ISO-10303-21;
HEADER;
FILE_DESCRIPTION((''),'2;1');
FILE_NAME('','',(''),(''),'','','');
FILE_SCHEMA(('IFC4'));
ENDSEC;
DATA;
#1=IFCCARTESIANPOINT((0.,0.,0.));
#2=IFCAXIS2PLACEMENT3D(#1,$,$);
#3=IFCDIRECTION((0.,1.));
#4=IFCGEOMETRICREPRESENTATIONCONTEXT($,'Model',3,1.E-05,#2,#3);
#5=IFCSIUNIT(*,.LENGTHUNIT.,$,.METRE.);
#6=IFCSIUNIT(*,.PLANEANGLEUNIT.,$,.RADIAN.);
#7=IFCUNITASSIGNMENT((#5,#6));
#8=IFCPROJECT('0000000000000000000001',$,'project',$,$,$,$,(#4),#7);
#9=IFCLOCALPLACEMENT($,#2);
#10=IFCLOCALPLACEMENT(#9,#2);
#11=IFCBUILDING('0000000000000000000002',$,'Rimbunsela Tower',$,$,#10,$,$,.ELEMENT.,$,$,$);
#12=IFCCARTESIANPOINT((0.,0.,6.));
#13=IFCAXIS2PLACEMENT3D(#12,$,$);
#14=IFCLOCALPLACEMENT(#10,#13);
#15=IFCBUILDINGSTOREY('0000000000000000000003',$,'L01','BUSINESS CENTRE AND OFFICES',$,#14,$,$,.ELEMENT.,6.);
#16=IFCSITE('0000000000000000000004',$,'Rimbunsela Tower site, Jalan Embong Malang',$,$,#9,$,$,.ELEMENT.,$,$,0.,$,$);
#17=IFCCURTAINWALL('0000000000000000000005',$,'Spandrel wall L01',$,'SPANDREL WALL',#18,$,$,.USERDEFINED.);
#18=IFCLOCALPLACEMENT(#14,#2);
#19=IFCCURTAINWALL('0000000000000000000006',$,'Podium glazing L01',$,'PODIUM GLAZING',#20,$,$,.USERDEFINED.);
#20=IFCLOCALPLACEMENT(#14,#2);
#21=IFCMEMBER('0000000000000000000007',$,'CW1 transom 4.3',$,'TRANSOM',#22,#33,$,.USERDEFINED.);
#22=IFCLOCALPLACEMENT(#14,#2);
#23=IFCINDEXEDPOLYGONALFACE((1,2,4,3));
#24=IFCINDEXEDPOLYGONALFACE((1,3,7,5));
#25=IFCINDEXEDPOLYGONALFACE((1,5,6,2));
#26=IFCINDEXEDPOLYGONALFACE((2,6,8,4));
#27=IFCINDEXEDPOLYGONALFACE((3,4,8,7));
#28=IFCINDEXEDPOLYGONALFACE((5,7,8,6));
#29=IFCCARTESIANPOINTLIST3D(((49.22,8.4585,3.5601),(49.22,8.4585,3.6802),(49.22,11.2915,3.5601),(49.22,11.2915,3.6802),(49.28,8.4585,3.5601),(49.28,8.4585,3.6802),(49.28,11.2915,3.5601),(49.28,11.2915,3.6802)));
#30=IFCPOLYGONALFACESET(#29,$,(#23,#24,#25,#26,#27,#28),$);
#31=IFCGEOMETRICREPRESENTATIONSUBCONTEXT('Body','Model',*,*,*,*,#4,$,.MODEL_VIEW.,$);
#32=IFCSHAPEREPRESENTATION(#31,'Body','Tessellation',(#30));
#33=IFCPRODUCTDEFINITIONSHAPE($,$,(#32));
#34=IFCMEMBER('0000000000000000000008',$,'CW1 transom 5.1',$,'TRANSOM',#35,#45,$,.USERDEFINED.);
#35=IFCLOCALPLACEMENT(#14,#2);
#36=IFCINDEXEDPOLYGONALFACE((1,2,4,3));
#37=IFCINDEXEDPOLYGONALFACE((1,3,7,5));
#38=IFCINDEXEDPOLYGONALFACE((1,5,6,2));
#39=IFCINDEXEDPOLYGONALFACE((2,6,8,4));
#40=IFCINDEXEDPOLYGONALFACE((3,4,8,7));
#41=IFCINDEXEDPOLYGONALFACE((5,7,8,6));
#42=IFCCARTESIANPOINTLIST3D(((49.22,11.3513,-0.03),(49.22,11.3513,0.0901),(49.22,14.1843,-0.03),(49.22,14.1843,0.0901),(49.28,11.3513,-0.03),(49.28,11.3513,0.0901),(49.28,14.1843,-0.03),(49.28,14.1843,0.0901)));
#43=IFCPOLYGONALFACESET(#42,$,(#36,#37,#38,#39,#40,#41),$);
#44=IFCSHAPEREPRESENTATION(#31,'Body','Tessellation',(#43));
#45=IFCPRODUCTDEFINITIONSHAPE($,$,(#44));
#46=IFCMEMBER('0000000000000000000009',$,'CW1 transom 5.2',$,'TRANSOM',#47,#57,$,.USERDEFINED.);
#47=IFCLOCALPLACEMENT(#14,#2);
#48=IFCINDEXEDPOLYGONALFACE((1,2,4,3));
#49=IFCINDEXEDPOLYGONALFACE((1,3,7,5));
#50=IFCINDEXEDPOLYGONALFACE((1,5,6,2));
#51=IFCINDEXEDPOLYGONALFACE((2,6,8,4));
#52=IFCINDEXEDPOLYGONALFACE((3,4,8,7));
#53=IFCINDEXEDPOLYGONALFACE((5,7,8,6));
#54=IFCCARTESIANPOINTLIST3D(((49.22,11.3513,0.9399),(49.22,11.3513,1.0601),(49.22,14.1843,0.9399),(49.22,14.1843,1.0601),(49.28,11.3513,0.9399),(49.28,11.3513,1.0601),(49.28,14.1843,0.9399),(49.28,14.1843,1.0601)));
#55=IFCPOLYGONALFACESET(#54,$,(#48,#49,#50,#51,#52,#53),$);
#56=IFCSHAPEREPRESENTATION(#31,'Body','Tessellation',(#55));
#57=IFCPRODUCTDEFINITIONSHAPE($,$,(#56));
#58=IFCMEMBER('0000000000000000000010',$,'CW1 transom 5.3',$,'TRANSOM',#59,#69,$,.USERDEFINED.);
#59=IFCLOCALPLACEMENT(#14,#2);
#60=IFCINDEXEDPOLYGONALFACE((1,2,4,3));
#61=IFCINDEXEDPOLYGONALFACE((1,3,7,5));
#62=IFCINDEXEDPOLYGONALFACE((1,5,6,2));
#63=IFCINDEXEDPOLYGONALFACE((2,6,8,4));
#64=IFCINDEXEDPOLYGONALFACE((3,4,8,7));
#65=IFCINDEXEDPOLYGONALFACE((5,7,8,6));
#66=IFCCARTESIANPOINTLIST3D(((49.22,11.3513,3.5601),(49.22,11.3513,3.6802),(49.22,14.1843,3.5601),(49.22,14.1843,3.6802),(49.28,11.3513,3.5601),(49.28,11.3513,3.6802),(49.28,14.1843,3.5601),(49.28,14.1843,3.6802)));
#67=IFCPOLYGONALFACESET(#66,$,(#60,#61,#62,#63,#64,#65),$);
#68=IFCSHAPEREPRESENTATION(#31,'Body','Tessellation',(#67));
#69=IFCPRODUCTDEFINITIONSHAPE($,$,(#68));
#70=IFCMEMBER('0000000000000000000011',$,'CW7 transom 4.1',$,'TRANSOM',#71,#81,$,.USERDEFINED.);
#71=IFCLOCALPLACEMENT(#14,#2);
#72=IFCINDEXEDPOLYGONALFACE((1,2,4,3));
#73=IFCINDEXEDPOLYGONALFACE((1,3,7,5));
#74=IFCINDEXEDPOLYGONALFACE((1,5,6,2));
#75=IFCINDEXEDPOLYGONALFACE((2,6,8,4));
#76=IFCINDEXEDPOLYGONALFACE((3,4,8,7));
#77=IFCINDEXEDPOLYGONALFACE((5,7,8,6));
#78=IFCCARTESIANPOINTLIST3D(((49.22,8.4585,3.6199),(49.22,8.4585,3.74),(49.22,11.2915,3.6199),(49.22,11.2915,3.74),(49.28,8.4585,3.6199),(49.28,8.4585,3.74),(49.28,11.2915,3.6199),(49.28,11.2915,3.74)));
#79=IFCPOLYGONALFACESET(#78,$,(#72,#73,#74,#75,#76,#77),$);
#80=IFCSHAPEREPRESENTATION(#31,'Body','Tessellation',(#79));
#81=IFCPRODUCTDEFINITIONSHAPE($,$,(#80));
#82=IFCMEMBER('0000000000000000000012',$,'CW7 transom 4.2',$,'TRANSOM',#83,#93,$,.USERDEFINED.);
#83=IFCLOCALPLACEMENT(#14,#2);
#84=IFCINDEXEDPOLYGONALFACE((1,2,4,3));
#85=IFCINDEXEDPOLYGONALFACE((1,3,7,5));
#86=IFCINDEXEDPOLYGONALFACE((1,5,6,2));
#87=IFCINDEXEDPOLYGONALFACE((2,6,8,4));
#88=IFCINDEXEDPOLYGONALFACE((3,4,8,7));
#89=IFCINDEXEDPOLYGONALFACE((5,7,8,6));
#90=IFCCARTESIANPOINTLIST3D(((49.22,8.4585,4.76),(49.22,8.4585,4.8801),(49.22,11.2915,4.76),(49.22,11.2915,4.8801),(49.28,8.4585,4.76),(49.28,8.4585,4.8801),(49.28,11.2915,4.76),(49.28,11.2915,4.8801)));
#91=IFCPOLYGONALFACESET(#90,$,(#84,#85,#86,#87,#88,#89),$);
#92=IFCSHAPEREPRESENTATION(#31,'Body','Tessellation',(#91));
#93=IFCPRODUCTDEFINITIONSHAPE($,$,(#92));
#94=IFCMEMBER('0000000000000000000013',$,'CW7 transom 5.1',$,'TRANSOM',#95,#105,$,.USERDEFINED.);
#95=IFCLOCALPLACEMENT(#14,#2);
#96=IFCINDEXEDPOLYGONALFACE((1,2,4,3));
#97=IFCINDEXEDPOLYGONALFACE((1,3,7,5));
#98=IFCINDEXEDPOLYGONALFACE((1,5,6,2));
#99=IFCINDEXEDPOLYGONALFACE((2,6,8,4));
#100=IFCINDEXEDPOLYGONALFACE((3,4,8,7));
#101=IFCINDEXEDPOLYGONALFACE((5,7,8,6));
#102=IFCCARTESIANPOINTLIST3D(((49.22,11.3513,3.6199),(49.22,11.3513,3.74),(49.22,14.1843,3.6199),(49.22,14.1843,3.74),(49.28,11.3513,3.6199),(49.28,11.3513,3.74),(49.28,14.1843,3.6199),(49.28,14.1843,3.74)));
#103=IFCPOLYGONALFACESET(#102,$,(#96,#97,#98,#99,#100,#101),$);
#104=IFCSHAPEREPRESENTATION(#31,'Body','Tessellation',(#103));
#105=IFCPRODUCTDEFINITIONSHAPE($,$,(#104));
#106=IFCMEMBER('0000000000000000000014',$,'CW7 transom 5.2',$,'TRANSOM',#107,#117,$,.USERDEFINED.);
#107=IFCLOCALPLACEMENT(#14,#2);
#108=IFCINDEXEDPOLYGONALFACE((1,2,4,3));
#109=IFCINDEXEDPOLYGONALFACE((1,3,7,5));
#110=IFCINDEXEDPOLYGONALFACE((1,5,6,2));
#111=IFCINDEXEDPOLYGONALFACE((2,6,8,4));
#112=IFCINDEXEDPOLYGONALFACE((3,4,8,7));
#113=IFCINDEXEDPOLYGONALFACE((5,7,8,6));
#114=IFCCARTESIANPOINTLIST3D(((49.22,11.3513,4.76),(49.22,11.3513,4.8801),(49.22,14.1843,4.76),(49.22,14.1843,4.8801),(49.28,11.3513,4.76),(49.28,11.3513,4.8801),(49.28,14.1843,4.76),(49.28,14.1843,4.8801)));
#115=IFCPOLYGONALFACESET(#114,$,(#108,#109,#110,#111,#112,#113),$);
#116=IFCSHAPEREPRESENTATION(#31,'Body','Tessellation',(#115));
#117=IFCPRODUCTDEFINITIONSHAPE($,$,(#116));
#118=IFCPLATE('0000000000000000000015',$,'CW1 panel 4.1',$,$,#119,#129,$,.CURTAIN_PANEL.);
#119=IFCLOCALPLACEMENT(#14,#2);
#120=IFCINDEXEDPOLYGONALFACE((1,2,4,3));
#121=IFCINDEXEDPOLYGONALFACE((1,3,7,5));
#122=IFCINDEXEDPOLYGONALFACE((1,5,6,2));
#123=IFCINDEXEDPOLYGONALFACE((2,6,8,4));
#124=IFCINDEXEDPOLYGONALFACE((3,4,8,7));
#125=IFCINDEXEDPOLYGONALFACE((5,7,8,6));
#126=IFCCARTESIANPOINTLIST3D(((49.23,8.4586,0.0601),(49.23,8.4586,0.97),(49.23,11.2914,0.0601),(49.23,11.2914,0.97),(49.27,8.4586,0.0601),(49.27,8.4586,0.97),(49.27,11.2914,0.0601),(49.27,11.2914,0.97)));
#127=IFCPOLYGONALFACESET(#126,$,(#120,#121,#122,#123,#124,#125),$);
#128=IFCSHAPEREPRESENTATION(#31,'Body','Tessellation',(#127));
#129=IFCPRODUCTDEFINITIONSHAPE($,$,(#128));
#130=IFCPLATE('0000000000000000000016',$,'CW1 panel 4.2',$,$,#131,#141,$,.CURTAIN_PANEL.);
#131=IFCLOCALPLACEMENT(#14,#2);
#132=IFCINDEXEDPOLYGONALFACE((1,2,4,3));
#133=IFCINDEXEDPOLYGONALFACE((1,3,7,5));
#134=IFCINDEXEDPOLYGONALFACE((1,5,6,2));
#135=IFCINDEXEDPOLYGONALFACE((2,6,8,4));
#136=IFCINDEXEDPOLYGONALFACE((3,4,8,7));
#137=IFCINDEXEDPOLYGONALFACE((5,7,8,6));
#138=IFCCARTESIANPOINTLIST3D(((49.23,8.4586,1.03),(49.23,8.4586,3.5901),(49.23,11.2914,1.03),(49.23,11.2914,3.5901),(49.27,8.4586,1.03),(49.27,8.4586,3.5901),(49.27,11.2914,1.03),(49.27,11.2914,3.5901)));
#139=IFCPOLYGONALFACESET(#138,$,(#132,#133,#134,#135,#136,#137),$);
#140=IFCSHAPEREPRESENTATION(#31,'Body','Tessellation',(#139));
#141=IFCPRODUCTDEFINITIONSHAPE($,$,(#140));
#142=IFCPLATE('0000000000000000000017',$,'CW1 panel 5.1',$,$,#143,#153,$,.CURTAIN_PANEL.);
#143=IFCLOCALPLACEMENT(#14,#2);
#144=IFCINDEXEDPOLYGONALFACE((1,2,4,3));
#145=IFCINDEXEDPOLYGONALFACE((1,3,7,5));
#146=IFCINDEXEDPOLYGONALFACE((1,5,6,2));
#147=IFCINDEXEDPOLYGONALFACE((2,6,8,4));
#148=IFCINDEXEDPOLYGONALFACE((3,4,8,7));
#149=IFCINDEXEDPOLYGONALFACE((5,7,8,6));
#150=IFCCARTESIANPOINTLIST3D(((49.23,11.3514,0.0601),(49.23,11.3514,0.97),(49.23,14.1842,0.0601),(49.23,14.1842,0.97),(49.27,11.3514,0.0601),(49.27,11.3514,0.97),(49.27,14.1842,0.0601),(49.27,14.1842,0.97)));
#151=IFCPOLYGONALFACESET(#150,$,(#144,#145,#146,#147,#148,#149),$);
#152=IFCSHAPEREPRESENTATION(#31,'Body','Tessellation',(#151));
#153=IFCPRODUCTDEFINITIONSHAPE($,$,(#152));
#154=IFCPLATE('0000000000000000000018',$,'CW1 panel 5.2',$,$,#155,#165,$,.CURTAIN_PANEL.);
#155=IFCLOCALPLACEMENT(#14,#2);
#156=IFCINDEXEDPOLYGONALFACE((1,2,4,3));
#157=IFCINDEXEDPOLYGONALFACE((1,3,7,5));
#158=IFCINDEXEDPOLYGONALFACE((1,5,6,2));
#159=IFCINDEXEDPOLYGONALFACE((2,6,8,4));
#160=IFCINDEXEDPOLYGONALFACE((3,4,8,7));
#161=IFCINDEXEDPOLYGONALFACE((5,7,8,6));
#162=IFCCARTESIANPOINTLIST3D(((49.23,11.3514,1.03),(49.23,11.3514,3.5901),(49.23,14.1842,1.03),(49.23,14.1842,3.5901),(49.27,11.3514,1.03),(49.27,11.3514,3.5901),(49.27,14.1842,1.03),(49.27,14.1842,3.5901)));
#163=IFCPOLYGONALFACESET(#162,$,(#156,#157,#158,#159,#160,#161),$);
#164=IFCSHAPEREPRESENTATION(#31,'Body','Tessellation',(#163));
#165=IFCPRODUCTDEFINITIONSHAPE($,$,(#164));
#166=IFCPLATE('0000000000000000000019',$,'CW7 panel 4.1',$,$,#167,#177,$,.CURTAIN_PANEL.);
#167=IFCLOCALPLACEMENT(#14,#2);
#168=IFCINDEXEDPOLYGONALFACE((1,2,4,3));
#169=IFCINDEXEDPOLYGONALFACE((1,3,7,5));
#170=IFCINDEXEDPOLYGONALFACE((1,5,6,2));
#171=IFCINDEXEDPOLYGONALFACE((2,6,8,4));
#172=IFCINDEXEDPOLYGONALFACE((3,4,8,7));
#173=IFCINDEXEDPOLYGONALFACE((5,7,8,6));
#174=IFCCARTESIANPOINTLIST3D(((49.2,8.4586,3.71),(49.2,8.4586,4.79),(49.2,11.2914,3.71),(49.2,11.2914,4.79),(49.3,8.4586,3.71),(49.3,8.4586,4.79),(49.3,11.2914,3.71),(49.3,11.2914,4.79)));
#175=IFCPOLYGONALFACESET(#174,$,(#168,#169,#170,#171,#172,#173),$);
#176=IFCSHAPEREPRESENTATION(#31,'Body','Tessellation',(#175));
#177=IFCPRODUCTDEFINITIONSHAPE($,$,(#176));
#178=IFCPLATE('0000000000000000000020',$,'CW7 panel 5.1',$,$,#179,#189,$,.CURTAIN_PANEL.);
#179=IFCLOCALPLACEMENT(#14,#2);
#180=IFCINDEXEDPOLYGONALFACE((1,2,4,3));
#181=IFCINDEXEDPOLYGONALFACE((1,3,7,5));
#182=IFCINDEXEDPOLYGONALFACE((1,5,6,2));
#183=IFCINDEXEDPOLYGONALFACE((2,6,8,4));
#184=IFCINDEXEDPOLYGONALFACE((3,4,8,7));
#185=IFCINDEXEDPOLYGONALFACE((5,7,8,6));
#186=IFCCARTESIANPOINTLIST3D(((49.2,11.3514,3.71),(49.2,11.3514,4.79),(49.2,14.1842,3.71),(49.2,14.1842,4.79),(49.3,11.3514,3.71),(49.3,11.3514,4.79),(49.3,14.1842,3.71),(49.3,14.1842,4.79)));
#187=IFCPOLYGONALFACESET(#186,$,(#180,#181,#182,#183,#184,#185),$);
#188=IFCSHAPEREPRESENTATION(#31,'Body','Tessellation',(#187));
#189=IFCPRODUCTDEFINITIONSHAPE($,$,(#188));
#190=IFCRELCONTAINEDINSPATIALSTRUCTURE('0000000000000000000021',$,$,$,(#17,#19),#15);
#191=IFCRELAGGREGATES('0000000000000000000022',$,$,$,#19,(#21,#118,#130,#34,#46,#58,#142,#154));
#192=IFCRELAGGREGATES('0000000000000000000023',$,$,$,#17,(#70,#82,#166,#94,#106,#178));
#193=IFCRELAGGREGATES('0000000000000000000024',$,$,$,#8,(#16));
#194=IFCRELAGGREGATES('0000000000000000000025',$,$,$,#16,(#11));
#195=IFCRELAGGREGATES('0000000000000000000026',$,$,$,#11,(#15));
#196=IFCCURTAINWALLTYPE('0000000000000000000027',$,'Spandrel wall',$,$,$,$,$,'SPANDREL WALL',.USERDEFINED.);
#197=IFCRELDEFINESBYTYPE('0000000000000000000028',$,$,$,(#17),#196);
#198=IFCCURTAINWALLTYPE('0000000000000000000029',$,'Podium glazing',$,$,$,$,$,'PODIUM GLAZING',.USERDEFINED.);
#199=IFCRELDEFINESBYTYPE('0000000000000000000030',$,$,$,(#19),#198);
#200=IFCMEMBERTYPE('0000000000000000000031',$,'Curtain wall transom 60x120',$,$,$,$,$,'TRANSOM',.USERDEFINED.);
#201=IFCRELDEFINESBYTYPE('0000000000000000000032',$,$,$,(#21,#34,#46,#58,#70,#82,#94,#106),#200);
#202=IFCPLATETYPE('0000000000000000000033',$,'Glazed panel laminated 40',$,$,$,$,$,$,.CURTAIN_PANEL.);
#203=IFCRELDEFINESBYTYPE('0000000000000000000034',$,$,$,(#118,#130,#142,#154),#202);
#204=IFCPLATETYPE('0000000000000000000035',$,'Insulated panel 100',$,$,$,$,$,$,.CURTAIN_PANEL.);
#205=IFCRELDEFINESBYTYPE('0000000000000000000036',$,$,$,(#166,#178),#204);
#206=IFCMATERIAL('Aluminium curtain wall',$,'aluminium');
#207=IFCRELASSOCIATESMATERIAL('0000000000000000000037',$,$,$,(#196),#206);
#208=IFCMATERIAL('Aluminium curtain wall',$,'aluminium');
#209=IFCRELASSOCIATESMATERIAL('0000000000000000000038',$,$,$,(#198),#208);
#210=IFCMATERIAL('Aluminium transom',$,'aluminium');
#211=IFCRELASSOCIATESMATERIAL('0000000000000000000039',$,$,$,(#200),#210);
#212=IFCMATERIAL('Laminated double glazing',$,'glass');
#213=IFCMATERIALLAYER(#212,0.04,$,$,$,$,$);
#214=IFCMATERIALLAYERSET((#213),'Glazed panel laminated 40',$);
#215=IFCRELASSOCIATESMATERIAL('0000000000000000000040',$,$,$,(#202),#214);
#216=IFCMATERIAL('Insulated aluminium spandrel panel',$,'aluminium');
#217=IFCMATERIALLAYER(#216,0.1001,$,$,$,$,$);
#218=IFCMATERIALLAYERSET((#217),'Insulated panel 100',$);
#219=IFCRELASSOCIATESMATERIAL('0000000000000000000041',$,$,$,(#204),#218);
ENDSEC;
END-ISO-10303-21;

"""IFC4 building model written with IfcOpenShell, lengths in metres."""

from ifc_helpers import new_model, si_unit, direction, frame, origin, origin_2d, place, context, subcontext, project, spatial, rectangle, extrude, material, layer, layer_set, material_profile, profile_set, type_object, element, aggregate, save


model = new_model("IFC4")

# Units and contexts
model_context = context("Model", 3, precision=1e-05, world=origin(), true_north=direction((0.0, 1.0)))
body_context = subcontext(model_context, "Body", "Model", "MODEL_VIEW")
ifc_project = project(units=[si_unit("LENGTHUNIT", "METRE"), si_unit("PLANEANGLEUNIT", "RADIAN")], contexts=[model_context])

# Site, building, storey
site_placement = place(None, origin())
site = spatial("IfcSite", under=ifc_project, at=site_placement, Name="Rimbunsela Tower site, Jalan Embong Malang", CompositionType="ELEMENT", RefElevation=0.0)
building_placement = place(site_placement, origin())
building = spatial("IfcBuilding", under=site, at=building_placement, Name="Rimbunsela Tower", CompositionType="ELEMENT")
storey_placement = place(building_placement, frame((0.0, 0.0, 6.0)))
storey = spatial("IfcBuildingStorey", under=building, at=storey_placement, Name="L01", Description="BUSINESS CENTRE AND OFFICES", CompositionType="ELEMENT", Elevation=6.0)

# Curtain walls, members
ifc_material_1 = material(Name="Aluminium curtain wall", Category="aluminium")
curtain_wall_type_1 = type_object("IfcCurtainWallType", Name="Spandrel wall", ElementType="SPANDREL WALL", PredefinedType="USERDEFINED", material=ifc_material_1)
curtain_wall_1_placement = place(storey_placement, origin())
curtain_wall_1 = element("IfcCurtainWall", 1, at=curtain_wall_1_placement, inside=storey, type_object=curtain_wall_type_1, Name="Spandrel wall L01", ObjectType="SPANDREL WALL", PredefinedType="USERDEFINED")
ifc_material_2 = material(Name="Aluminium curtain wall", Category="aluminium")
curtain_wall_type_2 = type_object("IfcCurtainWallType", Name="Podium glazing", ElementType="PODIUM GLAZING", PredefinedType="USERDEFINED", material=ifc_material_2)
curtain_wall_2_placement = place(storey_placement, origin())
curtain_wall_2 = element("IfcCurtainWall", 2, at=curtain_wall_2_placement, inside=storey, type_object=curtain_wall_type_2, Name="Podium glazing L01", ObjectType="PODIUM GLAZING", PredefinedType="USERDEFINED")
ifc_material_3 = material(Name="Aluminium transom", Category="aluminium")
ifc_material_profile_1 = material_profile(ifc_material_3, rectangle(XDim=0.0601, YDim=0.1201, at=origin_2d()), Name="Transom 60x120")
ifc_profile_set_1 = profile_set([ifc_material_profile_1], Name="Aluminium transom")
member_type_1 = type_object("IfcMemberType", Name="Curtain wall transom 60x120", ElementType="TRANSOM", PredefinedType="USERDEFINED", material=ifc_profile_set_1)
member_1_placement = place(storey_placement, frame((49.25, 8.4585, 3.6201), z_axis=(0.0, 1.0, 0.0), x_axis=(-1.0, 0.0, 0.0)))
member_1 = element("IfcMember", 3, at=member_1_placement, type_object=member_type_1, Name="CW1 transom 4.3", ObjectType="TRANSOM", PredefinedType="USERDEFINED", context=body_context, shape_type="SweptSolid", body=[
    extrude(rectangle(XDim=0.0601, YDim=0.1201, at=origin_2d()), origin(), (0.0, 0.0, 1.0), 2.833),
])
member_2_placement = place(storey_placement, frame((49.25, 11.3513, 0.03), z_axis=(0.0, 1.0, 0.0), x_axis=(-1.0, 0.0, 0.0)))
member_2 = element("IfcMember", 4, at=member_2_placement, type_object=member_type_1, Name="CW1 transom 5.1", ObjectType="TRANSOM", PredefinedType="USERDEFINED", context=body_context, shape_type="SweptSolid", body=[
    extrude(rectangle(XDim=0.0601, YDim=0.1201, at=origin_2d()), origin(), (0.0, 0.0, 1.0), 2.833),
])
member_3_placement = place(storey_placement, frame((49.25, 11.3513, 1.0), z_axis=(0.0, 1.0, 0.0), x_axis=(-1.0, 0.0, 0.0)))
member_3 = element("IfcMember", 5, at=member_3_placement, type_object=member_type_1, Name="CW1 transom 5.2", ObjectType="TRANSOM", PredefinedType="USERDEFINED", context=body_context, shape_type="SweptSolid", body=[
    extrude(rectangle(XDim=0.0601, YDim=0.1201, at=origin_2d()), origin(), (0.0, 0.0, 1.0), 2.833),
])
member_4_placement = place(storey_placement, frame((49.25, 11.3513, 3.6201), z_axis=(0.0, 1.0, 0.0), x_axis=(-1.0, 0.0, 0.0)))
member_4 = element("IfcMember", 6, at=member_4_placement, type_object=member_type_1, Name="CW1 transom 5.3", ObjectType="TRANSOM", PredefinedType="USERDEFINED", context=body_context, shape_type="SweptSolid", body=[
    extrude(rectangle(XDim=0.0601, YDim=0.1201, at=origin_2d()), origin(), (0.0, 0.0, 1.0), 2.833),
])

# Members
member_5_placement = place(storey_placement, frame((49.25, 8.4585, 3.6799), z_axis=(0.0, 1.0, 0.0), x_axis=(-1.0, 0.0, 0.0)))
member_5 = element("IfcMember", 7, at=member_5_placement, type_object=member_type_1, Name="CW7 transom 4.1", ObjectType="TRANSOM", PredefinedType="USERDEFINED", context=body_context, shape_type="SweptSolid", body=[
    extrude(rectangle(XDim=0.0601, YDim=0.1201, at=origin_2d()), origin(), (0.0, 0.0, 1.0), 2.833),
])
member_6_placement = place(storey_placement, frame((49.25, 8.4585, 4.8201), z_axis=(0.0, 1.0, 0.0), x_axis=(-1.0, 0.0, 0.0)))
member_6 = element("IfcMember", 8, at=member_6_placement, type_object=member_type_1, Name="CW7 transom 4.2", ObjectType="TRANSOM", PredefinedType="USERDEFINED", context=body_context, shape_type="SweptSolid", body=[
    extrude(rectangle(XDim=0.0601, YDim=0.1201, at=origin_2d()), origin(), (0.0, 0.0, 1.0), 2.833),
])
member_7_placement = place(storey_placement, frame((49.25, 11.3513, 3.6799), z_axis=(0.0, 1.0, 0.0), x_axis=(-1.0, 0.0, 0.0)))
member_7 = element("IfcMember", 9, at=member_7_placement, type_object=member_type_1, Name="CW7 transom 5.1", ObjectType="TRANSOM", PredefinedType="USERDEFINED", context=body_context, shape_type="SweptSolid", body=[
    extrude(rectangle(XDim=0.0601, YDim=0.1201, at=origin_2d()), origin(), (0.0, 0.0, 1.0), 2.833),
])
member_8_placement = place(storey_placement, frame((49.25, 11.3513, 4.8201), z_axis=(0.0, 1.0, 0.0), x_axis=(-1.0, 0.0, 0.0)))
member_8 = element("IfcMember", 10, at=member_8_placement, type_object=member_type_1, Name="CW7 transom 5.2", ObjectType="TRANSOM", PredefinedType="USERDEFINED", context=body_context, shape_type="SweptSolid", body=[
    extrude(rectangle(XDim=0.0601, YDim=0.1201, at=origin_2d()), origin(), (0.0, 0.0, 1.0), 2.833),
])

# Plates
ifc_material_4 = material(Name="Laminated double glazing", Category="glass")
ifc_layer_1 = layer(ifc_material_4, 0.04)
ifc_layer_set_1 = layer_set([ifc_layer_1], Name="Glazed panel laminated 40")
plate_type_1 = type_object("IfcPlateType", Name="Glazed panel laminated 40", PredefinedType="CURTAIN_PANEL", material=ifc_layer_set_1)
plate_1_placement = place(storey_placement, frame((49.25, 9.875, 0.0601), z_axis=(0.0, 0.0, 1.0), x_axis=(0.0, 1.0, 0.0)))
plate_1 = element("IfcPlate", 11, at=plate_1_placement, type_object=plate_type_1, Name="CW1 panel 4.1", PredefinedType="CURTAIN_PANEL", context=body_context, shape_type="SweptSolid", body=[
    extrude(rectangle(XDim=2.8328, YDim=0.04, at=origin_2d()), origin(), (0.0, 0.0, 1.0), 0.9099),
])
plate_2_placement = place(storey_placement, frame((49.25, 9.875, 1.03), z_axis=(0.0, 0.0, 1.0), x_axis=(0.0, 1.0, 0.0)))
plate_2 = element("IfcPlate", 12, at=plate_2_placement, type_object=plate_type_1, Name="CW1 panel 4.2", PredefinedType="CURTAIN_PANEL", context=body_context, shape_type="SweptSolid", body=[
    extrude(rectangle(XDim=2.8328, YDim=0.04, at=origin_2d()), origin(), (0.0, 0.0, 1.0), 2.5601),
])
plate_3_placement = place(storey_placement, frame((49.25, 12.7678, 0.0601), z_axis=(0.0, 0.0, 1.0), x_axis=(0.0, 1.0, 0.0)))
plate_3 = element("IfcPlate", 13, at=plate_3_placement, type_object=plate_type_1, Name="CW1 panel 5.1", PredefinedType="CURTAIN_PANEL", context=body_context, shape_type="SweptSolid", body=[
    extrude(rectangle(XDim=2.8328, YDim=0.04, at=origin_2d()), origin(), (0.0, 0.0, 1.0), 0.9099),
])
plate_4_placement = place(storey_placement, frame((49.25, 12.7678, 1.03), z_axis=(0.0, 0.0, 1.0), x_axis=(0.0, 1.0, 0.0)))
plate_4 = element("IfcPlate", 14, at=plate_4_placement, type_object=plate_type_1, Name="CW1 panel 5.2", PredefinedType="CURTAIN_PANEL", context=body_context, shape_type="SweptSolid", body=[
    extrude(rectangle(XDim=2.8328, YDim=0.04, at=origin_2d()), origin(), (0.0, 0.0, 1.0), 2.5601),
])
aggregate(curtain_wall_2, [member_1, plate_1, plate_2, member_2, member_3, member_4, plate_3, plate_4])
ifc_material_5 = material(Name="Insulated aluminium spandrel panel", Category="aluminium")
ifc_layer_2 = layer(ifc_material_5, 0.1001)
ifc_layer_set_2 = layer_set([ifc_layer_2], Name="Insulated panel 100")
plate_type_2 = type_object("IfcPlateType", Name="Insulated panel 100", PredefinedType="CURTAIN_PANEL", material=ifc_layer_set_2)
plate_5_placement = place(storey_placement, frame((49.25, 9.875, 3.71), z_axis=(0.0, 0.0, 1.0), x_axis=(0.0, 1.0, 0.0)))
plate_5 = element("IfcPlate", 15, at=plate_5_placement, type_object=plate_type_2, Name="CW7 panel 4.1", PredefinedType="CURTAIN_PANEL", context=body_context, shape_type="SweptSolid", body=[
    extrude(rectangle(XDim=2.8328, YDim=0.1001, at=origin_2d()), origin(), (0.0, 0.0, 1.0), 1.0801),
])
plate_6_placement = place(storey_placement, frame((49.25, 12.7678, 3.71), z_axis=(0.0, 0.0, 1.0), x_axis=(0.0, 1.0, 0.0)))
plate_6 = element("IfcPlate", 16, at=plate_6_placement, type_object=plate_type_2, Name="CW7 panel 5.1", PredefinedType="CURTAIN_PANEL", context=body_context, shape_type="SweptSolid", body=[
    extrude(rectangle(XDim=2.8328, YDim=0.1001, at=origin_2d()), origin(), (0.0, 0.0, 1.0), 1.0801),
])
aggregate(curtain_wall_1, [member_5, member_6, plate_5, member_7, member_8, plate_6])

save(model, "model.ifc")
